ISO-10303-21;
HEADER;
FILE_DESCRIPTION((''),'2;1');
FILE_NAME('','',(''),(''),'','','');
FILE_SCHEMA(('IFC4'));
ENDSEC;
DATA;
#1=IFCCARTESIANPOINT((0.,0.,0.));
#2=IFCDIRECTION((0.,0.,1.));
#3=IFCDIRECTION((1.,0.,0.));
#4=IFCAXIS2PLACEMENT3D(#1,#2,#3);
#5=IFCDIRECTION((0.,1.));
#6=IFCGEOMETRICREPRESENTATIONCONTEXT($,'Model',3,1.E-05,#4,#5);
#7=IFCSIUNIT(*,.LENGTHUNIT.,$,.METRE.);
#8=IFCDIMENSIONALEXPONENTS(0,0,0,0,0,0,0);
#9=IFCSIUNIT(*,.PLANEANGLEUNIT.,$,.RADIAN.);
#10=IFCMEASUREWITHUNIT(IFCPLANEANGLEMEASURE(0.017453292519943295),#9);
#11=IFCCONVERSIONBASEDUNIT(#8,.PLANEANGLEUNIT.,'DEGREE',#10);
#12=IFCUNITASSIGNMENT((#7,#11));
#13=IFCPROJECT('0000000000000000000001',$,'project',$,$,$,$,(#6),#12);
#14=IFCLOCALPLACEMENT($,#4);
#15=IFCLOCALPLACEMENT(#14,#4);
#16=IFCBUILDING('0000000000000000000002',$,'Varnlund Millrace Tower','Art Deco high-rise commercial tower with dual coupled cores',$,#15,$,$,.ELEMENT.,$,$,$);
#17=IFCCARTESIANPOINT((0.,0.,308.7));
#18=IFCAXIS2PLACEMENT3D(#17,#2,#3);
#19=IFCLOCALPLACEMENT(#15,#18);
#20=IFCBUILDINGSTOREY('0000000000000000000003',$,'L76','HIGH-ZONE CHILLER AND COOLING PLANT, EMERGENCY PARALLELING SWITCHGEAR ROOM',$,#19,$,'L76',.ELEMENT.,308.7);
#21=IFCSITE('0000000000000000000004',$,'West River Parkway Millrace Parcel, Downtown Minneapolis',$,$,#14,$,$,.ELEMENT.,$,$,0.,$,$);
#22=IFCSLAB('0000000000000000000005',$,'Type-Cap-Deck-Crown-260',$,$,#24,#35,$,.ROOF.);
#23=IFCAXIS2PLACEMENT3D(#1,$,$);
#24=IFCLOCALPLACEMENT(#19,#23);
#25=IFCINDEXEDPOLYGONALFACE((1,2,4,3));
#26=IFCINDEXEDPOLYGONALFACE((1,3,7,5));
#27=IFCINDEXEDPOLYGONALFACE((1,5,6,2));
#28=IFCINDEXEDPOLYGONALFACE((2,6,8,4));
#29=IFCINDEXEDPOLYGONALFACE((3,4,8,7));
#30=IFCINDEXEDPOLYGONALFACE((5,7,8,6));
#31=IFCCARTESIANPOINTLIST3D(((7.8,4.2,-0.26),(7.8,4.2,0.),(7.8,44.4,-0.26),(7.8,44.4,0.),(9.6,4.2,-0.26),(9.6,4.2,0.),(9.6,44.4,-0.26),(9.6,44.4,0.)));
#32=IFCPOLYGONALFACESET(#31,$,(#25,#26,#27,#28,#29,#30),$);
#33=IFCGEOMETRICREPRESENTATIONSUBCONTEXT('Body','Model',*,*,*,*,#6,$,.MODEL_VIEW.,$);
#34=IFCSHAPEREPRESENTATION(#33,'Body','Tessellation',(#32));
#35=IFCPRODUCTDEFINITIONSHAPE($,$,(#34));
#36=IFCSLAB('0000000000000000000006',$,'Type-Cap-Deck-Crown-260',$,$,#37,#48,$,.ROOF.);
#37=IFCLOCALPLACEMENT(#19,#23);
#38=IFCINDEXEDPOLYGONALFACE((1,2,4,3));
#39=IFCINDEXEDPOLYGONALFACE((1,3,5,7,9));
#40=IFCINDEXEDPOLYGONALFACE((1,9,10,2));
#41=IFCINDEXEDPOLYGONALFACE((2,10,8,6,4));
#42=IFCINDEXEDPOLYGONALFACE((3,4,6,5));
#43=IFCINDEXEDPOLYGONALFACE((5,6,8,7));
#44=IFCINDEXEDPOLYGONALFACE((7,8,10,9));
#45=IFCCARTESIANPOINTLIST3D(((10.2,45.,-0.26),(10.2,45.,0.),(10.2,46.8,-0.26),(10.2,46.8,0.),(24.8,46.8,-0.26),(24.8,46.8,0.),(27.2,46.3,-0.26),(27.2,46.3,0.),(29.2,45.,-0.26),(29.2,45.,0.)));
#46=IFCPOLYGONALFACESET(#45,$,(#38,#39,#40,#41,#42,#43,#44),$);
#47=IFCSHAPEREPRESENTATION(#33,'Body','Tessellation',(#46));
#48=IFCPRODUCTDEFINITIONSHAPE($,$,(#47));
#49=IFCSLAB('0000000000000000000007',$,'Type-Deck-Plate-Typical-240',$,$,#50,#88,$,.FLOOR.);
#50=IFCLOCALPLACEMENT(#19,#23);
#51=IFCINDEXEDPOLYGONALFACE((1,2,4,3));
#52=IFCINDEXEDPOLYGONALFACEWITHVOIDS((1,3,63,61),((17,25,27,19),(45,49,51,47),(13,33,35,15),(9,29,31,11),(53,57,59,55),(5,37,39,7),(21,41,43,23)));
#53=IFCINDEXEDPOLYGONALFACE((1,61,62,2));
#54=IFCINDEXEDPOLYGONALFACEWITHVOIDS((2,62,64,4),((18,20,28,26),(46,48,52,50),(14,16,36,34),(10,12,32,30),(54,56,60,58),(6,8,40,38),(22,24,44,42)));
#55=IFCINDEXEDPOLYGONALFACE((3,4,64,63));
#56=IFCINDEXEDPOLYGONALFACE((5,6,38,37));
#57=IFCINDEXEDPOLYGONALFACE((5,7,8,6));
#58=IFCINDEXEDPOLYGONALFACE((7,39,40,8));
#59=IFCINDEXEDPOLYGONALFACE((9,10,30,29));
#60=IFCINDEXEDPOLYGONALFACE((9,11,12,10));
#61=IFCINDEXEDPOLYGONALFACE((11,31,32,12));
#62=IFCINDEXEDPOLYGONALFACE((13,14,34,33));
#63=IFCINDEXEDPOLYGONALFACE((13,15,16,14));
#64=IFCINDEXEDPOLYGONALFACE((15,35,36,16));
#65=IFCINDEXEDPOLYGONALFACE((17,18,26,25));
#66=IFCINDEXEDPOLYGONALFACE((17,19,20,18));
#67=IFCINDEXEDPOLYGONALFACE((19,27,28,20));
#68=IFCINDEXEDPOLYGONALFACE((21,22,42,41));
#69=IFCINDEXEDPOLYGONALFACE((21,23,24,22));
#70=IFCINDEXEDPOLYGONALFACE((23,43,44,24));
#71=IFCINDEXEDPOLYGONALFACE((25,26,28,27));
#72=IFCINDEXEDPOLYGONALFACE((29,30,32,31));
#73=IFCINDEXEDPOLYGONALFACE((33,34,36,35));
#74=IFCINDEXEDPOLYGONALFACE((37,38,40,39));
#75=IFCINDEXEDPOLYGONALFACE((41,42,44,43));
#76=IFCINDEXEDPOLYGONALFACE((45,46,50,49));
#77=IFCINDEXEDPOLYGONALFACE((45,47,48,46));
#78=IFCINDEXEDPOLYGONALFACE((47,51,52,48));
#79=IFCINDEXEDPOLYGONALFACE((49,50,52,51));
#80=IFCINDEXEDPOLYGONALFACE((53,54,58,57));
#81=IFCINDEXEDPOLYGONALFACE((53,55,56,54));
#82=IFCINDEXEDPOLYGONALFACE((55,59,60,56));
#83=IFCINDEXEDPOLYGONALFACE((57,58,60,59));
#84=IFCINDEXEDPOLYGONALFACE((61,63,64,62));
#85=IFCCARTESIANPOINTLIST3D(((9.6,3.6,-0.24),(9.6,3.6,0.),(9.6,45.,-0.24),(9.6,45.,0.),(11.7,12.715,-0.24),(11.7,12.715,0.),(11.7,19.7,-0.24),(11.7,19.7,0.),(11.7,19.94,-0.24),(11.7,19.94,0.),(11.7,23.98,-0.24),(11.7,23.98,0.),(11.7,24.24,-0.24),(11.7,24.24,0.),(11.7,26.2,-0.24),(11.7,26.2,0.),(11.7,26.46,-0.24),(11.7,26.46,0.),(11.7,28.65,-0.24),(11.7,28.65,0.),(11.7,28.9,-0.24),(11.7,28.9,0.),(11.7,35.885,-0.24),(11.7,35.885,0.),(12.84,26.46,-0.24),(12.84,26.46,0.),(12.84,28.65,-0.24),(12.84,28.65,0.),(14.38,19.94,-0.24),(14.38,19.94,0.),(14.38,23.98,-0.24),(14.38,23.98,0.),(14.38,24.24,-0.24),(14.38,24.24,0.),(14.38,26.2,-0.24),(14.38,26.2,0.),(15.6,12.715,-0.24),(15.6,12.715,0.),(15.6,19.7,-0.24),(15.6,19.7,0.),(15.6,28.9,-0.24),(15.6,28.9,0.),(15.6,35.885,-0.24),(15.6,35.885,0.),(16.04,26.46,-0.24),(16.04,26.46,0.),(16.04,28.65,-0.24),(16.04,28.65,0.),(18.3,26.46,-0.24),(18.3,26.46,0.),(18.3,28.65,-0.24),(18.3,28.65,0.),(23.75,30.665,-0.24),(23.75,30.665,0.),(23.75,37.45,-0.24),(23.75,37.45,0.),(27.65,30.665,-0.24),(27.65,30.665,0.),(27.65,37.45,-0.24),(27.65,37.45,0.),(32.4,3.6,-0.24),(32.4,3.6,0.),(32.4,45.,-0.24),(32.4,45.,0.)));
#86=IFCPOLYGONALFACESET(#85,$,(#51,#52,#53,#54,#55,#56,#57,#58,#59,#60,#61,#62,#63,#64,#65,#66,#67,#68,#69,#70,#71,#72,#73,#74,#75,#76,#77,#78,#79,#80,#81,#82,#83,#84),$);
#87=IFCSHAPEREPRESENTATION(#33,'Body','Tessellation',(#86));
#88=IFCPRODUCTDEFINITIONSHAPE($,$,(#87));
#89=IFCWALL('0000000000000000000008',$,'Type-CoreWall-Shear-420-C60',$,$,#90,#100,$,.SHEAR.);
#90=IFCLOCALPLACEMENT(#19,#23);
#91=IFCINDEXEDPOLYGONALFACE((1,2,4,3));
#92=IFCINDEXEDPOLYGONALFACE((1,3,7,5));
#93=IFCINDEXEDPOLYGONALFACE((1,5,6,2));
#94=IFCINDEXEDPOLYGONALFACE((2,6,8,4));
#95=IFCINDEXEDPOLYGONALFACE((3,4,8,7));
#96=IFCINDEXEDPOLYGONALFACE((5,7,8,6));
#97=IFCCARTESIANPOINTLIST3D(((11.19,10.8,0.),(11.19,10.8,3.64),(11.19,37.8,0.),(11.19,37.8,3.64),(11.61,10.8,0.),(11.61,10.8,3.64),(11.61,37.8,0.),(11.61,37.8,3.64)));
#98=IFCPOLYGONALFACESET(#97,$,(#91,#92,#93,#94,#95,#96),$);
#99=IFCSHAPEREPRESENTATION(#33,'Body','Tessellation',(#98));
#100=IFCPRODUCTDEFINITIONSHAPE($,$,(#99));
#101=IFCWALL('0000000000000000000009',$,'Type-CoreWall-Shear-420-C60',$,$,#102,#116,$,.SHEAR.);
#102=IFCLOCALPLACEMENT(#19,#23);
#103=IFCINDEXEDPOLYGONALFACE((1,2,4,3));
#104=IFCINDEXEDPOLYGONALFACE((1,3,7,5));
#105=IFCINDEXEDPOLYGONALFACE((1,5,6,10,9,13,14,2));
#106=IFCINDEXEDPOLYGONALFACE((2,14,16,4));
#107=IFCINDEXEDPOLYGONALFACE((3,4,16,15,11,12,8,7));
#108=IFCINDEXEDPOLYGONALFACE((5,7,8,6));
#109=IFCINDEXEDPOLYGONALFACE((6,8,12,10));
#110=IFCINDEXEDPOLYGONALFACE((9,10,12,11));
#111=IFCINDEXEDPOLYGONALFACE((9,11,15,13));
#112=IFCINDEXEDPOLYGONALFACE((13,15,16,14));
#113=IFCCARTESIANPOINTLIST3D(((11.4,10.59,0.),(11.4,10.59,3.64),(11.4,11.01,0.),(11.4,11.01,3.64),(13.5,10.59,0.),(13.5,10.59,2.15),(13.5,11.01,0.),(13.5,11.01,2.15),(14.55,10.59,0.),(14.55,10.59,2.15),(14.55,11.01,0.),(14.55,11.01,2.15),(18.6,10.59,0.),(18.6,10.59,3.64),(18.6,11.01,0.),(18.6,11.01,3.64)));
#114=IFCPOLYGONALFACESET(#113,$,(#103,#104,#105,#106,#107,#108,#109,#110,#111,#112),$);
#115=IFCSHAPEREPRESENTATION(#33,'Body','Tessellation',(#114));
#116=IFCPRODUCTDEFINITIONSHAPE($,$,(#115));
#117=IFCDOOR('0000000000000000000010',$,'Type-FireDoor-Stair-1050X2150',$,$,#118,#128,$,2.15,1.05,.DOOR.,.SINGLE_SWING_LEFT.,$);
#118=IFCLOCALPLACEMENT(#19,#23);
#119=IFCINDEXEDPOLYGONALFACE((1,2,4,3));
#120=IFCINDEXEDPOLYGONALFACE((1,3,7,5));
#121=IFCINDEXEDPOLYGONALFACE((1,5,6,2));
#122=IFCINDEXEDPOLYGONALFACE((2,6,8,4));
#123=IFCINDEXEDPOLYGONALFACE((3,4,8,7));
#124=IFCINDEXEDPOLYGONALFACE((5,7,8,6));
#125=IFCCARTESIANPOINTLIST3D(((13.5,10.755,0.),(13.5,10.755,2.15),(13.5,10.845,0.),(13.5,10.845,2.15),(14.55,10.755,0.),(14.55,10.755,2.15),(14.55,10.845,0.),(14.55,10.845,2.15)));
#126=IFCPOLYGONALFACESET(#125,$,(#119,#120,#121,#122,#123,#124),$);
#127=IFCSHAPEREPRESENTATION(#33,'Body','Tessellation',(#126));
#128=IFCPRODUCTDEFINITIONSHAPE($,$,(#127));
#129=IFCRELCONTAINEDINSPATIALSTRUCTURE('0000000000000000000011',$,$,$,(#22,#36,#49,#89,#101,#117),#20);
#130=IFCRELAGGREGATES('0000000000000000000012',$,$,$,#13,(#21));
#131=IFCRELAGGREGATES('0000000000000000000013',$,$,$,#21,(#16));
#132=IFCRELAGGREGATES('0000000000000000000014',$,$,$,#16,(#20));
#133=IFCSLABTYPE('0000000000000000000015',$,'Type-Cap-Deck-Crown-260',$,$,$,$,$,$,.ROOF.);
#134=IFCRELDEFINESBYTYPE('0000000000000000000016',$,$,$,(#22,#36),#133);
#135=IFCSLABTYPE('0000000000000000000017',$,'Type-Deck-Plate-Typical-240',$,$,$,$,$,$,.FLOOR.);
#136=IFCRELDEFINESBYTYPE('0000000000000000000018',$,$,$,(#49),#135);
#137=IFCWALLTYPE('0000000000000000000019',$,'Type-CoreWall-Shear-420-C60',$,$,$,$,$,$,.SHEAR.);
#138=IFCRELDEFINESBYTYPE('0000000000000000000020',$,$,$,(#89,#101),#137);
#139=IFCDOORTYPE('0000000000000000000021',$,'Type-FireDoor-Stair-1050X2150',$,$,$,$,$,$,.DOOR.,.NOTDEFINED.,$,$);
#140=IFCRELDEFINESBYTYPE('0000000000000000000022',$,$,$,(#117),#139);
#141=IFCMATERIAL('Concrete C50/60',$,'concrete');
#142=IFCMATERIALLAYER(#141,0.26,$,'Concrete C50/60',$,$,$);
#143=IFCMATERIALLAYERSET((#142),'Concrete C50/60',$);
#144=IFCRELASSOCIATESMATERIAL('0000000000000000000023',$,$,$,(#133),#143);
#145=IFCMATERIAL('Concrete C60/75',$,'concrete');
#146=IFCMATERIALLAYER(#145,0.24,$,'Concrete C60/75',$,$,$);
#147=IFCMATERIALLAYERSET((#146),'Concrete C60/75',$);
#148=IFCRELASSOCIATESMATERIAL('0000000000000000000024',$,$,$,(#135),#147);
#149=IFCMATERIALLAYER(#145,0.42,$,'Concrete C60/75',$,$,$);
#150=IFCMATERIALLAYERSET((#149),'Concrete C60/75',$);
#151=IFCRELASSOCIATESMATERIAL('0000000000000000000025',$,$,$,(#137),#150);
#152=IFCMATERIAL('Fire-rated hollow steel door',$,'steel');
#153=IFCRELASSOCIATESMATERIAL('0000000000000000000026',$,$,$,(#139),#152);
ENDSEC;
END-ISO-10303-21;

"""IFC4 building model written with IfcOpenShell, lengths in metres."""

from ifc_helpers import new_model, entity, si_unit, converted_unit, direction, frame, origin_with_axes, origin_2d_with_axis, place, context, subcontext, project, spatial, polyline, rectangle, outline, extrude, material, layer, layer_set, type_object, element, fill, save


model = new_model("IFC4")

# Units and contexts
model_context = context("Model", 3, precision=1e-05, world=origin_with_axes(), true_north=direction((0.0, 1.0)))
body_context = subcontext(model_context, "Body", "Model", "MODEL_VIEW")
ifc_project = project(units=[si_unit("LENGTHUNIT", "METRE"), converted_unit("PLANEANGLEUNIT", "DEGREE", entity("IfcPlaneAngleMeasure", 0.017453292519943295), si_unit("PLANEANGLEUNIT", "RADIAN"), dimensions=[0, 0, 0, 0, 0, 0, 0])], contexts=[model_context])

# Site, building, storey
site_placement = place(None, origin_with_axes())
site = spatial("IfcSite", under=ifc_project, at=site_placement, Name="West River Parkway Millrace Parcel, Downtown Minneapolis", CompositionType="ELEMENT", RefElevation=0.0)
building_placement = place(site_placement, origin_with_axes())
building = spatial("IfcBuilding", under=site, at=building_placement, Name="Varnlund Millrace Tower", Description="Art Deco high-rise commercial tower with dual coupled cores", CompositionType="ELEMENT")
storey_placement = place(building_placement, frame((0.0, 0.0, 308.7), z_axis=(0.0, 0.0, 1.0), x_axis=(1.0, 0.0, 0.0)))
storey = spatial("IfcBuildingStorey", under=building, at=storey_placement, Name="L76", Description="HIGH-ZONE CHILLER AND COOLING PLANT, EMERGENCY PARALLELING SWITCHGEAR ROOM", LongName="L76", CompositionType="ELEMENT", Elevation=308.7)

# Slabs
ifc_material_1 = material(Name="Concrete C50/60", Category="concrete")
ifc_layer_1 = layer(ifc_material_1, 0.26, Name="Concrete C50/60")
ifc_layer_set_1 = layer_set([ifc_layer_1], Name="Concrete C50/60")
slab_type_1 = type_object("IfcSlabType", Name="Type-Cap-Deck-Crown-260", PredefinedType="ROOF", material=ifc_layer_set_1)
slab_1_placement = place(storey_placement, frame((0.0, 0.0, -0.26), z_axis=(0.0, 0.0, 1.0), x_axis=(1.0, 0.0, 0.0)))
element("IfcSlab", 1, at=slab_1_placement, inside=storey, type_object=slab_type_1, Name="Type-Cap-Deck-Crown-260", PredefinedType="ROOF", context=body_context, shape_type="SweptSolid", body=[
    extrude(outline(polyline([(9.6, 4.2), (9.6, 44.4), (7.8, 44.4), (7.8, 4.2), (9.6, 4.2)])), origin_with_axes(), (0.0, 0.0, 1.0), 0.26),
])
slab_2_placement = place(storey_placement, frame((0.0, 0.0, -0.26), z_axis=(0.0, 0.0, 1.0), x_axis=(1.0, 0.0, 0.0)))
element("IfcSlab", 2, at=slab_2_placement, inside=storey, type_object=slab_type_1, Name="Type-Cap-Deck-Crown-260", PredefinedType="ROOF", context=body_context, shape_type="SweptSolid", body=[
    extrude(outline(polyline([(10.2, 45.0), (29.2, 45.0), (27.2, 46.3), (24.8, 46.8), (10.2, 46.8), (10.2, 45.0)])), origin_with_axes(), (0.0, 0.0, 1.0), 0.26),
])
ifc_material_2 = material(Name="Concrete C60/75", Category="concrete")
ifc_layer_2 = layer(ifc_material_2, 0.24, Name="Concrete C60/75")
ifc_layer_set_2 = layer_set([ifc_layer_2], Name="Concrete C60/75")
slab_type_2 = type_object("IfcSlabType", Name="Type-Deck-Plate-Typical-240", PredefinedType="FLOOR", material=ifc_layer_set_2)
slab_3_placement = place(storey_placement, frame((0.0, 0.0, -0.24), z_axis=(0.0, 0.0, 1.0), x_axis=(1.0, 0.0, 0.0)))
element("IfcSlab", 3, at=slab_3_placement, inside=storey, type_object=slab_type_2, Name="Type-Deck-Plate-Typical-240", PredefinedType="FLOOR", context=body_context, shape_type="SweptSolid", body=[
    extrude(outline(polyline([(32.4, 3.6), (32.4, 45.0), (9.6, 45.0), (9.6, 3.6), (32.4, 3.6)]), holes=[polyline([(15.6, 19.7), (15.6, 12.715), (11.7, 12.715), (11.7, 19.7), (15.6, 19.7)]), polyline([(11.7, 23.98), (14.38, 23.98), (14.38, 19.94), (11.7, 19.94), (11.7, 23.98)]), polyline([(14.38, 26.2), (14.38, 24.24), (11.7, 24.24), (11.7, 26.2), (14.38, 26.2)]), polyline([(12.84, 28.65), (12.84, 26.46), (11.7, 26.46), (11.7, 28.65), (12.84, 28.65)]), polyline([(18.3, 28.65), (18.3, 26.46), (16.04, 26.46), (16.04, 28.65), (18.3, 28.65)]), polyline([(15.6, 35.885), (15.6, 28.9), (11.7, 28.9), (11.7, 35.885), (15.6, 35.885)]), polyline([(27.65, 37.45), (27.65, 30.665), (23.75, 30.665), (23.75, 37.45), (27.65, 37.45)])]), origin_with_axes(), (0.0, 0.0, 1.0), 0.24),
])

# Wall
ifc_layer_3 = layer(ifc_material_2, 0.42, Name="Concrete C60/75")
ifc_layer_set_3 = layer_set([ifc_layer_3], Name="Concrete C60/75")
wall_type_1 = type_object("IfcWallType", Name="Type-CoreWall-Shear-420-C60", PredefinedType="SHEAR", material=ifc_layer_set_3)
wall_1_placement = place(storey_placement, frame((11.4, 10.8, 0.0), z_axis=(0.0, 0.0, 1.0), x_axis=(0.0, 1.0, 0.0)))
element("IfcWall", 4, at=wall_1_placement, inside=storey, type_object=wall_type_1, Name="Type-CoreWall-Shear-420-C60", PredefinedType="SHEAR", context=body_context, shape_type="SweptSolid", body=[
    extrude(outline(polyline([(0.0, -0.21), (27.0, -0.21), (27.0, 0.21), (0.0, 0.21), (0.0, -0.21)])), origin_with_axes(), (0.0, 0.0, 1.0), 3.64),
])

# Wall, opening, door
wall_2_placement = place(storey_placement, frame((11.4, 10.8, 0.0), z_axis=(0.0, 0.0, 1.0), x_axis=(1.0, 0.0, 0.0)))
wall_2 = element("IfcWall", 5, at=wall_2_placement, inside=storey, type_object=wall_type_1, Name="Type-CoreWall-Shear-420-C60", PredefinedType="SHEAR", context=body_context, shape_type="SweptSolid", body=[
    extrude(outline(polyline([(0.0, -0.21), (7.2, -0.21), (7.2, 0.21), (0.0, 0.21), (0.0, -0.21)])), origin_with_axes(), (0.0, 0.0, 1.0), 3.64),
])
opening_1_placement = place(wall_2_placement, frame((2.625, 0.0, 0.0), z_axis=(0.0, 0.0, 1.0), x_axis=(1.0, 0.0, 0.0)))
opening_1 = element("IfcOpeningElement", 6, at=opening_1_placement, cuts=wall_2, PredefinedType="OPENING", context=body_context, shape_type="SweptSolid", body=[
    extrude(rectangle(XDim=1.05, YDim=0.44, at=origin_2d_with_axis()), origin_with_axes(), (0.0, 0.0, 1.0), 2.15),
])
ifc_material_3 = material(Name="Fire-rated hollow steel door", Category="steel")
door_type_1 = type_object("IfcDoorType", Name="Type-FireDoor-Stair-1050X2150", OperationType="NOTDEFINED", PredefinedType="DOOR", material=ifc_material_3)
door_1_placement = place(wall_2_placement, frame((2.625, 0.0, 0.0), z_axis=(0.0, 0.0, 1.0), x_axis=(1.0, 0.0, 0.0)))
door_1 = element("IfcDoor", 7, at=door_1_placement, inside=storey, type_object=door_type_1, Name="Type-FireDoor-Stair-1050X2150", OperationType="SINGLE_SWING_LEFT", OverallHeight=2.15, OverallWidth=1.05, PredefinedType="DOOR", context=body_context, shape_type="SweptSolid", body=[
    extrude(rectangle(XDim=1.05, YDim=0.09, at=origin_2d_with_axis()), origin_with_axes(), (0.0, 0.0, 1.0), 2.15),
])
fill(opening_1, door_1)

save(model, "model.ifc")
